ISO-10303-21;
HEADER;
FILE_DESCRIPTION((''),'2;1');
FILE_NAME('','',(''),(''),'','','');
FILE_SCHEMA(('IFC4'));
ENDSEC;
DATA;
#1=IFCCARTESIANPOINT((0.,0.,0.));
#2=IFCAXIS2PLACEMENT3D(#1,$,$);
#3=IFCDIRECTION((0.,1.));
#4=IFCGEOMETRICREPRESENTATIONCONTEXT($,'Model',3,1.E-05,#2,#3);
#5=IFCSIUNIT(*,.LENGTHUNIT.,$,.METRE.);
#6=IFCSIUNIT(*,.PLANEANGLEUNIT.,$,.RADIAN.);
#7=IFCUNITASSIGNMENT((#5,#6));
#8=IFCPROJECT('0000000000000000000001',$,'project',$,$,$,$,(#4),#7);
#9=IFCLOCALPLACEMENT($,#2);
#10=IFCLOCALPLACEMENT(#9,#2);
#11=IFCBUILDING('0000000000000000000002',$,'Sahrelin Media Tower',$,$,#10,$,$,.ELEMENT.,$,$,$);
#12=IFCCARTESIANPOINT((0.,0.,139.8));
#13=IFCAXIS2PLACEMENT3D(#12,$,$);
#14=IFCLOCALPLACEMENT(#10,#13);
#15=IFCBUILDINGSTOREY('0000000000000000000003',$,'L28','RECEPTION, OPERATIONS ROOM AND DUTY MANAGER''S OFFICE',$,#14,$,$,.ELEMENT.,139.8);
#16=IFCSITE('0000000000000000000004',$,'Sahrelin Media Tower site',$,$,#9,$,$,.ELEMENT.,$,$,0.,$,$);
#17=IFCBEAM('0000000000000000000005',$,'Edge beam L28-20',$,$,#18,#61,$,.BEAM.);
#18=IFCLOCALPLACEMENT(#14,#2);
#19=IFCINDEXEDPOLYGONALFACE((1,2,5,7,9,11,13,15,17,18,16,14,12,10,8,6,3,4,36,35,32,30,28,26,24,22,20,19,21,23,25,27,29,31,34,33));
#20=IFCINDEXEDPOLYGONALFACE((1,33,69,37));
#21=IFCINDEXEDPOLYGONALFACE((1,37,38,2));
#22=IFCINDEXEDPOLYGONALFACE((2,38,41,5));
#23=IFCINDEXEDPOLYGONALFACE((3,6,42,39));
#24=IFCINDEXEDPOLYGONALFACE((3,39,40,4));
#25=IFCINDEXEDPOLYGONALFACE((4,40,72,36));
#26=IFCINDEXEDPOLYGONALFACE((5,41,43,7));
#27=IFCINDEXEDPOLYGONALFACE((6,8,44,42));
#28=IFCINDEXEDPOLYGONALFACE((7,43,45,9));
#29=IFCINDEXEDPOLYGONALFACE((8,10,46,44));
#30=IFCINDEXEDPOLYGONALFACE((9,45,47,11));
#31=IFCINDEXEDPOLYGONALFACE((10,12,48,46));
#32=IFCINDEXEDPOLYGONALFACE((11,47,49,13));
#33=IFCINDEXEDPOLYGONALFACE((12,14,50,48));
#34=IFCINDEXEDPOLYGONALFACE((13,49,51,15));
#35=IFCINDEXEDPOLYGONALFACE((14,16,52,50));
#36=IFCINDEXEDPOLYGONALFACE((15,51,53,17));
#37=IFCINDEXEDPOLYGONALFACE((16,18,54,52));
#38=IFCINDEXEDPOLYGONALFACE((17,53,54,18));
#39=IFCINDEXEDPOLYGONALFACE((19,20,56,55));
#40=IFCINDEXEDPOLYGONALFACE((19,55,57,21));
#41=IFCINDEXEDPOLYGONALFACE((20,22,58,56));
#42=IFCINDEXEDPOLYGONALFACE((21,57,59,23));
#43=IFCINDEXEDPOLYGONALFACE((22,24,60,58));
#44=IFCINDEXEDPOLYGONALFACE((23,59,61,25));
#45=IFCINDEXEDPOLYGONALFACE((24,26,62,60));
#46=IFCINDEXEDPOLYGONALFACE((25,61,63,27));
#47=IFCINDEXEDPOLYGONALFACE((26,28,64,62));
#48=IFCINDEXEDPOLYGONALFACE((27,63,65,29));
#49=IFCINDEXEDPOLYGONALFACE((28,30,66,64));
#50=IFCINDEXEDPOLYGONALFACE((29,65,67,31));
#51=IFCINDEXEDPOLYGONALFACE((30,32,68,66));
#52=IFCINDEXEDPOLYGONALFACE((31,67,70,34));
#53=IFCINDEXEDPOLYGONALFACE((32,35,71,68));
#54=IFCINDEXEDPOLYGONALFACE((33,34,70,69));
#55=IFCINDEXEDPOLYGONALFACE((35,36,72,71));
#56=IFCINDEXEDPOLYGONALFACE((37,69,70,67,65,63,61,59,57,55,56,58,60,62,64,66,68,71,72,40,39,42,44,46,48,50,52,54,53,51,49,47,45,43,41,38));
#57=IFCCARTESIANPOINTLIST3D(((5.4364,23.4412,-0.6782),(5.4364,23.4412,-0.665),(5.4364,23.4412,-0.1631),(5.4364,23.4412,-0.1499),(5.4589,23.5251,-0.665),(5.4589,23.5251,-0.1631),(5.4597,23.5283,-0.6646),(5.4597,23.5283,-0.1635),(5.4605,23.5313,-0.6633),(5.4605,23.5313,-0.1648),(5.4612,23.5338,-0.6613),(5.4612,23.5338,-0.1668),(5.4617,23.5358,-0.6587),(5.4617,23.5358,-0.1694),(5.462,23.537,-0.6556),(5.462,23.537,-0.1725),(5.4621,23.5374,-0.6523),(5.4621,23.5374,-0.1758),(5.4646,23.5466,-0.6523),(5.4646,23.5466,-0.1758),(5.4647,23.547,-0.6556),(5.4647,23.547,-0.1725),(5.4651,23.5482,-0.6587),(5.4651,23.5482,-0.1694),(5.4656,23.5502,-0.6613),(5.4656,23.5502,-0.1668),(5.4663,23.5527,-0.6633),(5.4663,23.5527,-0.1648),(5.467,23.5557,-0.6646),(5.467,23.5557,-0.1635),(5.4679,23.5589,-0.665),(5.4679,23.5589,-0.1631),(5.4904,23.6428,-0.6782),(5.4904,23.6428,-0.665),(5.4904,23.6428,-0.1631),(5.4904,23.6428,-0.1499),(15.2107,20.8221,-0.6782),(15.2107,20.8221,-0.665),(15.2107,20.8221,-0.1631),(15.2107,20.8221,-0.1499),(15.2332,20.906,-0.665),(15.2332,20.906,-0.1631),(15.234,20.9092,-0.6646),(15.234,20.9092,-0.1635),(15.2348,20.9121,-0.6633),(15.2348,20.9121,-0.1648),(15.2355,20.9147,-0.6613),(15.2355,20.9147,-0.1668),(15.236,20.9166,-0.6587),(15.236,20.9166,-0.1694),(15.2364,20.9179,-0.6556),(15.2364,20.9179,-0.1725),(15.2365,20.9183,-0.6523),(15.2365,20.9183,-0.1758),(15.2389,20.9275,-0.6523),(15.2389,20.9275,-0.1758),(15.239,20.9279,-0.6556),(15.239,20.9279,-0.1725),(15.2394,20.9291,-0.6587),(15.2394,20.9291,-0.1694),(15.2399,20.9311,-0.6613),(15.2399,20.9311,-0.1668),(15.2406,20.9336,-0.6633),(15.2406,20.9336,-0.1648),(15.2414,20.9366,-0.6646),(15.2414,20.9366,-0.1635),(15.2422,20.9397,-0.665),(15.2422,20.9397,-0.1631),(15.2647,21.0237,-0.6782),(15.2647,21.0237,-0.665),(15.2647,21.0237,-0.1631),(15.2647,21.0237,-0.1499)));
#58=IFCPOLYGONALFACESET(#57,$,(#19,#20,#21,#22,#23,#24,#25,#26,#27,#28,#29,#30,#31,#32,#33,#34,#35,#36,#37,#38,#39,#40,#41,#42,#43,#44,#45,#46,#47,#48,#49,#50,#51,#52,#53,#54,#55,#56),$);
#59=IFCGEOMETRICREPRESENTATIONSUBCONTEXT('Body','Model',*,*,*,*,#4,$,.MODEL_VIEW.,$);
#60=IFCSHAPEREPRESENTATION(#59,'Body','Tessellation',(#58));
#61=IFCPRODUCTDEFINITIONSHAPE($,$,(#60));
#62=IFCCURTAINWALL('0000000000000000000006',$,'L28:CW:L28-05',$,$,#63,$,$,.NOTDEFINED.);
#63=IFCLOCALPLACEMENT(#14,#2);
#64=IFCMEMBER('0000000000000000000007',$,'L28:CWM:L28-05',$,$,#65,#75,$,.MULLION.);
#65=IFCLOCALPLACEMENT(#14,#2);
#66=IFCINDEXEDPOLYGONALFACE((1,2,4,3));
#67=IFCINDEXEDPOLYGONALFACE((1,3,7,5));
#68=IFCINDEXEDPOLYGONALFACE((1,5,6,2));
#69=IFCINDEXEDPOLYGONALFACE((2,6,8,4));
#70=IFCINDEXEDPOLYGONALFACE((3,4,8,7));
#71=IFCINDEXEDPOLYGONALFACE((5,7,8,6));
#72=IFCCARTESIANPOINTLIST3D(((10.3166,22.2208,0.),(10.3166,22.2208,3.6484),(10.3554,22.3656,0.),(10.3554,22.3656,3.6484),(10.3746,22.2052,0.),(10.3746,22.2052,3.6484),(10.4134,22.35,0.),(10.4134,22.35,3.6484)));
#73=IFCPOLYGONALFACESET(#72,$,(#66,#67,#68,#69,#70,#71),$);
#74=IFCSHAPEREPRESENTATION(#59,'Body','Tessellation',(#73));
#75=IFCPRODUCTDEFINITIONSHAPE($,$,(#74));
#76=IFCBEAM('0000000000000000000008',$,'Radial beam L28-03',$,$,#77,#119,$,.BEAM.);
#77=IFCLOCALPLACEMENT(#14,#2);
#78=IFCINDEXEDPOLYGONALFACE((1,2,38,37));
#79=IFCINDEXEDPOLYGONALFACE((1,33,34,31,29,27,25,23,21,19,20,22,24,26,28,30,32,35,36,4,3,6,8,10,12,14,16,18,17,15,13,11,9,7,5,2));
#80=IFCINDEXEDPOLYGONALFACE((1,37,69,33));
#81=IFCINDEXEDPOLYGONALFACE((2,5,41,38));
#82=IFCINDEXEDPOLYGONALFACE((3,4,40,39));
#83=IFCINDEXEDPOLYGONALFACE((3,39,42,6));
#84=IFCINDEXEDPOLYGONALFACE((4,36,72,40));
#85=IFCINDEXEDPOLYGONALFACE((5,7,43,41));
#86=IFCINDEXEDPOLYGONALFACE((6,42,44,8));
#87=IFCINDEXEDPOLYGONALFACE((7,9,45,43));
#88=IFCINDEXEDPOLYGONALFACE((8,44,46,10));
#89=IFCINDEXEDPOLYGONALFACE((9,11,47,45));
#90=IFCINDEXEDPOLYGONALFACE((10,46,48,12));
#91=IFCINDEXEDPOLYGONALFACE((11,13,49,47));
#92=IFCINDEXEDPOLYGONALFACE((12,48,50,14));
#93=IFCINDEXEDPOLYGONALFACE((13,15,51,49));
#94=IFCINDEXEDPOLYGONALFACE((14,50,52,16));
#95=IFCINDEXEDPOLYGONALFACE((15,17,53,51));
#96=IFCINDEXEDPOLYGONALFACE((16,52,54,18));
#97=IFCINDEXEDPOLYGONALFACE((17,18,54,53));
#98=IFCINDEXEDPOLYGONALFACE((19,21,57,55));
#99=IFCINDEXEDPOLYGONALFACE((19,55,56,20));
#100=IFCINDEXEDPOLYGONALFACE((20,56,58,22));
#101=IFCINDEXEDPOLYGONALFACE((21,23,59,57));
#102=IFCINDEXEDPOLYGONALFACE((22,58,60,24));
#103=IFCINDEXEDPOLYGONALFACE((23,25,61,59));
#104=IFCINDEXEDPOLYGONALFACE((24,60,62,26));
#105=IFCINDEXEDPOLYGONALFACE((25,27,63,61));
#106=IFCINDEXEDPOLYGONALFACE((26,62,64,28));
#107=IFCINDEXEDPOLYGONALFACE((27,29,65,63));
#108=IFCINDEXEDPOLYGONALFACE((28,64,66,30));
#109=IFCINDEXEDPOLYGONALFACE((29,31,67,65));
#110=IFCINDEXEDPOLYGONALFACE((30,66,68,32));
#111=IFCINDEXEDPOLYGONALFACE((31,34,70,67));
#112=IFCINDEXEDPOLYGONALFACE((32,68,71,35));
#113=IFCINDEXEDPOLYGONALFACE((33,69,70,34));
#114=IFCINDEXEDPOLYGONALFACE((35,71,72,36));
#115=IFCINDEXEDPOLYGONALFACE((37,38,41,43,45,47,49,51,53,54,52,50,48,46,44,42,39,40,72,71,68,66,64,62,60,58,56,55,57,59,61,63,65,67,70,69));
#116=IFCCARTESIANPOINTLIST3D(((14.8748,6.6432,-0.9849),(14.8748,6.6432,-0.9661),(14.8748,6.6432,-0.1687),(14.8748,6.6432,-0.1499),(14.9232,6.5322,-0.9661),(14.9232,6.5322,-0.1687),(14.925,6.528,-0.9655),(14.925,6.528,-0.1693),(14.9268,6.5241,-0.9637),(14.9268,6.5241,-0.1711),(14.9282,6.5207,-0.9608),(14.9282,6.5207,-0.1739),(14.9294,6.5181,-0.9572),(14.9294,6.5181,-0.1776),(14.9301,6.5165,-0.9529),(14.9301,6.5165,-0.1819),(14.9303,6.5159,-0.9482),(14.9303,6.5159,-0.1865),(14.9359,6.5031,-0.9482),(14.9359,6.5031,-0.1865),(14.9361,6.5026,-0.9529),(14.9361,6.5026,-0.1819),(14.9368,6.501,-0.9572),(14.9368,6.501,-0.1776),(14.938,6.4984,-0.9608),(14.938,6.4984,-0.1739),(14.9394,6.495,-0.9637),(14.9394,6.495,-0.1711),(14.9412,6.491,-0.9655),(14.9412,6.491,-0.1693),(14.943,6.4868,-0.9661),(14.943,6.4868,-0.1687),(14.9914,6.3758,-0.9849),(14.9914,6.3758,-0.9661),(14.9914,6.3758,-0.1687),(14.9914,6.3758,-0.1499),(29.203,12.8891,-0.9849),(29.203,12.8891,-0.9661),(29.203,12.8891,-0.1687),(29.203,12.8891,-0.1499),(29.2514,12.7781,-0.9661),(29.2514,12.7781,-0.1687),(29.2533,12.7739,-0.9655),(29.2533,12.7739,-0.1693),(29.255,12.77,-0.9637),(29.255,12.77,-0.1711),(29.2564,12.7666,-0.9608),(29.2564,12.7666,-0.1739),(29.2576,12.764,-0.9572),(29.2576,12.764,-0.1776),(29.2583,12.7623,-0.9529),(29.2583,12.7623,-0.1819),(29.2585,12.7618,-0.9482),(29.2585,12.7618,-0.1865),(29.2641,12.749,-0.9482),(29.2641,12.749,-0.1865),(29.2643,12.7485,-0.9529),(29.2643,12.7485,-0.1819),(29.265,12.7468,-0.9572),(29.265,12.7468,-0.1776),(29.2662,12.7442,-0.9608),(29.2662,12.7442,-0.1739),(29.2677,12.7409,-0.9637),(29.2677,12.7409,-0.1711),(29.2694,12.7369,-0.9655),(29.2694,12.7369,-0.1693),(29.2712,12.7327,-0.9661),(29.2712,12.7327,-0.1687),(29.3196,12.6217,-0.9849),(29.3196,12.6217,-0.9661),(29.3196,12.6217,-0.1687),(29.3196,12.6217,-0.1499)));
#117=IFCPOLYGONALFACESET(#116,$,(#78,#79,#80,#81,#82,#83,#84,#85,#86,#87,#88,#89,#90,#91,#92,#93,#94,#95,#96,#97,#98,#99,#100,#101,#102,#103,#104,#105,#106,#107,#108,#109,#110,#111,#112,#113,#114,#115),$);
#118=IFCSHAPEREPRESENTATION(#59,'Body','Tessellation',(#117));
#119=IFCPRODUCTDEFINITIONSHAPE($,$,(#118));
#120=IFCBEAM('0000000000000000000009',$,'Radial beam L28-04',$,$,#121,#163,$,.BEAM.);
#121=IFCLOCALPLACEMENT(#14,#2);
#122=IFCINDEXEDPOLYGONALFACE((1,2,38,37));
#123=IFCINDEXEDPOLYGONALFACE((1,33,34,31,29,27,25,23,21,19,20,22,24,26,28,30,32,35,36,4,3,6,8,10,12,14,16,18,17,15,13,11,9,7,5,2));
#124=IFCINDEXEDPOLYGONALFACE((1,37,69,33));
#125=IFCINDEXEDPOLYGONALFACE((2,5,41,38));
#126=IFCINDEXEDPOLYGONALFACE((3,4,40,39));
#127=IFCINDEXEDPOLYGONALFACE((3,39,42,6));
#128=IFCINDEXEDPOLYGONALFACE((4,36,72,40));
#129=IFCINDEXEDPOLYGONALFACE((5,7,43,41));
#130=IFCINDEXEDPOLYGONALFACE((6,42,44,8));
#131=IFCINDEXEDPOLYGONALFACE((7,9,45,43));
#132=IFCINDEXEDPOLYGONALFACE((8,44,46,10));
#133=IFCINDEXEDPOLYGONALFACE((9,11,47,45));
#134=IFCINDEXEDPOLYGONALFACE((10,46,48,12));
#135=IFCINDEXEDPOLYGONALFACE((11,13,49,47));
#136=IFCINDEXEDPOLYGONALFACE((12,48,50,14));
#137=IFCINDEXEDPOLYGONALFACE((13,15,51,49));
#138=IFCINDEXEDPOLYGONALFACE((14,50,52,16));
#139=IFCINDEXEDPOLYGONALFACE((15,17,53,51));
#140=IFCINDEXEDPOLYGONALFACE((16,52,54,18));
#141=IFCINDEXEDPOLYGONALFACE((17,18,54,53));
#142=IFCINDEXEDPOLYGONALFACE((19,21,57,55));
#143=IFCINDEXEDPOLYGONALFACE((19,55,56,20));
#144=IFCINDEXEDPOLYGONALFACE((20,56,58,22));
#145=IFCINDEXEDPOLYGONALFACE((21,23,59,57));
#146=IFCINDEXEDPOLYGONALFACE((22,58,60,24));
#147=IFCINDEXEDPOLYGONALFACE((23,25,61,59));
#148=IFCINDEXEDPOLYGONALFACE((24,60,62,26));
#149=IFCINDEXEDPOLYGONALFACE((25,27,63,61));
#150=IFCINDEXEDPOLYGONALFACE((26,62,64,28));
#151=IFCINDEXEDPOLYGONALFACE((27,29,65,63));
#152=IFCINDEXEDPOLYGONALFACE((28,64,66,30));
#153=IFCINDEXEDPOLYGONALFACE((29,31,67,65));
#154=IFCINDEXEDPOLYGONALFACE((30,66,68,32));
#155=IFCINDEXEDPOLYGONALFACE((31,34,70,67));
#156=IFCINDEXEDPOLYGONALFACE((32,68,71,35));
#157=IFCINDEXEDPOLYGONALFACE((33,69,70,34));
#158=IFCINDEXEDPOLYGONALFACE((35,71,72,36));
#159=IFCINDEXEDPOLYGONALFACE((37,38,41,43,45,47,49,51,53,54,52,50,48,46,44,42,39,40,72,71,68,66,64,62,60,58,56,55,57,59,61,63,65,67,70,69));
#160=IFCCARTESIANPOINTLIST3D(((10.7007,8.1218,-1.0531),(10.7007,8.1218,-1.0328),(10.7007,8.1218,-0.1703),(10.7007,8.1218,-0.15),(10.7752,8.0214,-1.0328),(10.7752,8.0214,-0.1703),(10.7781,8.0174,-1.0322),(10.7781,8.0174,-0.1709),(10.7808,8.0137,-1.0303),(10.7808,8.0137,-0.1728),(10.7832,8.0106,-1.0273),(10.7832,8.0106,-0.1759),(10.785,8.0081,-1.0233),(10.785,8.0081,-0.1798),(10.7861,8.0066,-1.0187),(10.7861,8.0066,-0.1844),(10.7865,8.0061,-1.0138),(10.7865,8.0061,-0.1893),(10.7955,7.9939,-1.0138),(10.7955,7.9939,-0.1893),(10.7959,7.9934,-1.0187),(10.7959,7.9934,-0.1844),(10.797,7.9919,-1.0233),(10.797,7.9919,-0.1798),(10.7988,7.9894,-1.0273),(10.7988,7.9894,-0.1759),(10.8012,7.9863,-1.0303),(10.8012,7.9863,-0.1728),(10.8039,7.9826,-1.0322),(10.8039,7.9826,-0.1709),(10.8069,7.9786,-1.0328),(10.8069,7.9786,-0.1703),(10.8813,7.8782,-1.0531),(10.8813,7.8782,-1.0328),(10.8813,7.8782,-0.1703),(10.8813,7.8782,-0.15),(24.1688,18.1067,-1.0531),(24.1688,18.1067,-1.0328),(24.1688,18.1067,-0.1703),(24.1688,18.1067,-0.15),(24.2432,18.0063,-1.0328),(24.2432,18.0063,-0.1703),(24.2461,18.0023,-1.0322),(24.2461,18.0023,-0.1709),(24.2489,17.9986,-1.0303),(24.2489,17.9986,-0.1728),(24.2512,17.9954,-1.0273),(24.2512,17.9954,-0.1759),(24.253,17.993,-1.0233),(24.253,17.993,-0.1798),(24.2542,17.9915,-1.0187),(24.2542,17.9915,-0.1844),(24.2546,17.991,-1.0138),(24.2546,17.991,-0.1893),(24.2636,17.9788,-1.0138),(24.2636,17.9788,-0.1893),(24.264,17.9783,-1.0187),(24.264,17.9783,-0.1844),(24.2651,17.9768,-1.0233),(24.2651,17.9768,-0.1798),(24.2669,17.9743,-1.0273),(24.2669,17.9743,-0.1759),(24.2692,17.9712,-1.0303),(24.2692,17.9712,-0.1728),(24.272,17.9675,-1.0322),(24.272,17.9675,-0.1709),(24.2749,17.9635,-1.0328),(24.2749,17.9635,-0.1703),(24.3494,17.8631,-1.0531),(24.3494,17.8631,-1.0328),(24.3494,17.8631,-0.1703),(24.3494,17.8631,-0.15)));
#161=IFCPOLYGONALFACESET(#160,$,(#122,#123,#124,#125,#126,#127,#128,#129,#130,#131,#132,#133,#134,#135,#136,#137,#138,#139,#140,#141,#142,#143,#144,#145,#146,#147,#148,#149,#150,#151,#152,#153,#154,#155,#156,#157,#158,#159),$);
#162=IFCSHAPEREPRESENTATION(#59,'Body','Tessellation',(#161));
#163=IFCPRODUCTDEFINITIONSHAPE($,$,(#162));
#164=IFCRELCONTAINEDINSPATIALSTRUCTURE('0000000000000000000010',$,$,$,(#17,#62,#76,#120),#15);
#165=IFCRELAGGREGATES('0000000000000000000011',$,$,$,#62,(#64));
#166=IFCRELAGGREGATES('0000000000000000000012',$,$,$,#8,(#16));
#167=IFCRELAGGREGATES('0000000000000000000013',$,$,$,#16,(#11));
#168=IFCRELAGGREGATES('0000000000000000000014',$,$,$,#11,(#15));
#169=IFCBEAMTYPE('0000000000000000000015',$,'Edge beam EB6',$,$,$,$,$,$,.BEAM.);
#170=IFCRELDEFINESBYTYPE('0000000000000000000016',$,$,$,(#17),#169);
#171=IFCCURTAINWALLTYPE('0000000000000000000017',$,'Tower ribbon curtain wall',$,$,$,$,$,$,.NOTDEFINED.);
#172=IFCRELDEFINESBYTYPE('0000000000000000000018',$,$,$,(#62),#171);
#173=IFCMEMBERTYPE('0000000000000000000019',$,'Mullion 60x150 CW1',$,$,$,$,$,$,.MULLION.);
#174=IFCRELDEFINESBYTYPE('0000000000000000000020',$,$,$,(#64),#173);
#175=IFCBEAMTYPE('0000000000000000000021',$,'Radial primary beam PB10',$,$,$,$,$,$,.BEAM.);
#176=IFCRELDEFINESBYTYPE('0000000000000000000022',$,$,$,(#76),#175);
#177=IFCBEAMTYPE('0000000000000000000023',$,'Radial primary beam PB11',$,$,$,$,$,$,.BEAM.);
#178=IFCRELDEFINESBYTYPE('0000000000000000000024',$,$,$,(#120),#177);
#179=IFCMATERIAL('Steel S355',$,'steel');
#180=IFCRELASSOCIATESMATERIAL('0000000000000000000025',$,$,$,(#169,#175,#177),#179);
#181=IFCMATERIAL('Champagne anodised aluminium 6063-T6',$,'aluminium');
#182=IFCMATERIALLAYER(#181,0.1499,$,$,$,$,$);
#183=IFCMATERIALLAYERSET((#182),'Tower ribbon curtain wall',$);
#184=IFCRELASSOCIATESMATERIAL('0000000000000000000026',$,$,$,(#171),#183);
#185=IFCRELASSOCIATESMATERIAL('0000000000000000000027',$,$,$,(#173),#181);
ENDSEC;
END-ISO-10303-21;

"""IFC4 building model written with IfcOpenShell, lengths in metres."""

from ifc_helpers import new_model, si_unit, direction, frame, origin, origin_2d, place, context, subcontext, project, spatial, rectangle, i_section, extrude, material, layer, layer_set, material_profile, profile_set, type_object, element, aggregate, save


model = new_model("IFC4")

# Units and contexts
model_context = context("Model", 3, precision=1e-05, world=origin(), true_north=direction((0.0, 1.0)))
body_context = subcontext(model_context, "Body", "Model", "MODEL_VIEW")
ifc_project = project(units=[si_unit("LENGTHUNIT", "METRE"), si_unit("PLANEANGLEUNIT", "RADIAN")], contexts=[model_context])

# Site, building, storey
site_placement = place(None, origin())
site = spatial("IfcSite", under=ifc_project, at=site_placement, Name="Sahrelin Media Tower site", CompositionType="ELEMENT", RefElevation=0.0)
building_placement = place(site_placement, origin())
building = spatial("IfcBuilding", under=site, at=building_placement, Name="Sahrelin Media Tower", CompositionType="ELEMENT")
storey_placement = place(building_placement, frame((0.0, 0.0, 139.8)))
storey = spatial("IfcBuildingStorey", under=building, at=storey_placement, Name="L28", Description="RECEPTION, OPERATIONS ROOM AND DUTY MANAGER'S OFFICE", CompositionType="ELEMENT", Elevation=139.8)

# Beam
ifc_material_1 = material(Name="Steel S355", Category="steel")
ifc_material_profile_1 = material_profile(ifc_material_1, i_section(OverallWidth=0.2087, OverallDepth=0.5283, WebThickness=0.0095, FlangeThickness=0.0132, FilletRadius=0.0127, at=origin_2d()), Name="UB 533x210x82")
ifc_profile_set_1 = profile_set([ifc_material_profile_1], Name="Steel S355")
beam_type_1 = type_object("IfcBeamType", Name="Edge beam EB6", PredefinedType="BEAM", material=ifc_profile_set_1)
beam_1_placement = place(storey_placement, frame((5.4634, 23.542, -0.4141), z_axis=(0.965923, -0.258828, 0.0), x_axis=(0.258828, 0.965923, 0.0)))
element("IfcBeam", 1, at=beam_1_placement, inside=storey, type_object=beam_type_1, Name="Edge beam L28-20", PredefinedType="BEAM", context=body_context, shape_type="SweptSolid", body=[
    extrude(i_section(OverallWidth=0.2087, OverallDepth=0.5283, WebThickness=0.0095, FlangeThickness=0.0132, FilletRadius=0.0127, at=origin_2d()), origin(), (0.0, 0.0, 1.0), 10.1191),
])

# Curtain wall, member
ifc_material_2 = material(Name="Champagne anodised aluminium 6063-T6", Category="aluminium")
ifc_layer_1 = layer(ifc_material_2, 0.1499)
ifc_layer_set_1 = layer_set([ifc_layer_1], Name="Tower ribbon curtain wall")
curtain_wall_type = type_object("IfcCurtainWallType", Name="Tower ribbon curtain wall", PredefinedType="NOTDEFINED", material=ifc_layer_set_1)
curtain_wall_1_placement = place(storey_placement, frame((10.3894, 22.3772, 0.0), z_axis=(0.0, 0.0, 1.0), x_axis=(1.0, 0.0, 0.0)))
curtain_wall_1 = element("IfcCurtainWall", 2, at=curtain_wall_1_placement, inside=storey, type_object=curtain_wall_type, Name="L28:CW:L28-05", PredefinedType="NOTDEFINED")
ifc_material_profile_2 = material_profile(ifc_material_2, rectangle(XDim=0.0601, YDim=0.1499, at=origin_2d()), Name="Mullion 60x150")
ifc_profile_set_2 = profile_set([ifc_material_profile_2], Name="Champagne anodised aluminium 6063-T6")
member_type_1 = type_object("IfcMemberType", Name="Mullion 60x150 CW1", PredefinedType="MULLION", material=ifc_profile_set_2)
member_1_placement = place(storey_placement, frame((10.365, 22.2854, 0.0), z_axis=(0.0, 0.0, 1.0), x_axis=(-0.965926, 0.258819, 0.0)))
member_1 = element("IfcMember", 3, at=member_1_placement, type_object=member_type_1, Name="L28:CWM:L28-05", PredefinedType="MULLION", context=body_context, shape_type="SweptSolid", body=[
    extrude(rectangle(XDim=0.0601, YDim=0.1499, at=origin_2d()), origin(), (0.0, 0.0, 1.0), 3.6484),
])
aggregate(curtain_wall_1, [member_1])

# Beams
ifc_material_profile_3 = material_profile(ifc_material_1, i_section(OverallWidth=0.2917, OverallDepth=0.835, WebThickness=0.0139, FlangeThickness=0.0188, FilletRadius=0.0178, at=origin_2d()), Name="UB 838x292x176")
ifc_profile_set_3 = profile_set([ifc_material_profile_3], Name="Steel S355")
beam_type_2 = type_object("IfcBeamType", Name="Radial primary beam PB10", PredefinedType="BEAM", material=ifc_profile_set_3)
beam_2_placement = place(storey_placement, frame((14.9331, 6.5095, -0.5674), z_axis=(0.91669, 0.399599, 0.0), x_axis=(-0.399599, 0.91669, 0.0)))
element("IfcBeam", 4, at=beam_2_placement, inside=storey, type_object=beam_type_2, Name="Radial beam L28-03", PredefinedType="BEAM", context=body_context, shape_type="SweptSolid", body=[
    extrude(i_section(OverallWidth=0.2917, OverallDepth=0.835, WebThickness=0.0139, FlangeThickness=0.0188, FilletRadius=0.0178, at=origin_2d()), origin(), (0.0, 0.0, 1.0), 15.6304),
])
ifc_material_profile_4 = material_profile(ifc_material_1, i_section(OverallWidth=0.3032, OverallDepth=0.9031, WebThickness=0.0151, FlangeThickness=0.0203, FilletRadius=0.019, at=origin_2d()), Name="UB 914x305x201")
ifc_profile_set_4 = profile_set([ifc_material_profile_4], Name="Steel S355")
beam_type_3 = type_object("IfcBeamType", Name="Radial primary beam PB11", PredefinedType="BEAM", material=ifc_profile_set_4)
beam_3_placement = place(storey_placement, frame((10.791, 8.0, -0.6016), z_axis=(0.803313, 0.595557, 0.0), x_axis=(-0.595557, 0.803313, 0.0)))
element("IfcBeam", 5, at=beam_3_placement, inside=storey, type_object=beam_type_3, Name="Radial beam L28-04", PredefinedType="BEAM", context=body_context, shape_type="SweptSolid", body=[
    extrude(i_section(OverallWidth=0.3032, OverallDepth=0.9031, WebThickness=0.0151, FlangeThickness=0.0203, FilletRadius=0.019, at=origin_2d()), origin(), (0.0, 0.0, 1.0), 16.7656),
])

save(model, "model.ifc")
